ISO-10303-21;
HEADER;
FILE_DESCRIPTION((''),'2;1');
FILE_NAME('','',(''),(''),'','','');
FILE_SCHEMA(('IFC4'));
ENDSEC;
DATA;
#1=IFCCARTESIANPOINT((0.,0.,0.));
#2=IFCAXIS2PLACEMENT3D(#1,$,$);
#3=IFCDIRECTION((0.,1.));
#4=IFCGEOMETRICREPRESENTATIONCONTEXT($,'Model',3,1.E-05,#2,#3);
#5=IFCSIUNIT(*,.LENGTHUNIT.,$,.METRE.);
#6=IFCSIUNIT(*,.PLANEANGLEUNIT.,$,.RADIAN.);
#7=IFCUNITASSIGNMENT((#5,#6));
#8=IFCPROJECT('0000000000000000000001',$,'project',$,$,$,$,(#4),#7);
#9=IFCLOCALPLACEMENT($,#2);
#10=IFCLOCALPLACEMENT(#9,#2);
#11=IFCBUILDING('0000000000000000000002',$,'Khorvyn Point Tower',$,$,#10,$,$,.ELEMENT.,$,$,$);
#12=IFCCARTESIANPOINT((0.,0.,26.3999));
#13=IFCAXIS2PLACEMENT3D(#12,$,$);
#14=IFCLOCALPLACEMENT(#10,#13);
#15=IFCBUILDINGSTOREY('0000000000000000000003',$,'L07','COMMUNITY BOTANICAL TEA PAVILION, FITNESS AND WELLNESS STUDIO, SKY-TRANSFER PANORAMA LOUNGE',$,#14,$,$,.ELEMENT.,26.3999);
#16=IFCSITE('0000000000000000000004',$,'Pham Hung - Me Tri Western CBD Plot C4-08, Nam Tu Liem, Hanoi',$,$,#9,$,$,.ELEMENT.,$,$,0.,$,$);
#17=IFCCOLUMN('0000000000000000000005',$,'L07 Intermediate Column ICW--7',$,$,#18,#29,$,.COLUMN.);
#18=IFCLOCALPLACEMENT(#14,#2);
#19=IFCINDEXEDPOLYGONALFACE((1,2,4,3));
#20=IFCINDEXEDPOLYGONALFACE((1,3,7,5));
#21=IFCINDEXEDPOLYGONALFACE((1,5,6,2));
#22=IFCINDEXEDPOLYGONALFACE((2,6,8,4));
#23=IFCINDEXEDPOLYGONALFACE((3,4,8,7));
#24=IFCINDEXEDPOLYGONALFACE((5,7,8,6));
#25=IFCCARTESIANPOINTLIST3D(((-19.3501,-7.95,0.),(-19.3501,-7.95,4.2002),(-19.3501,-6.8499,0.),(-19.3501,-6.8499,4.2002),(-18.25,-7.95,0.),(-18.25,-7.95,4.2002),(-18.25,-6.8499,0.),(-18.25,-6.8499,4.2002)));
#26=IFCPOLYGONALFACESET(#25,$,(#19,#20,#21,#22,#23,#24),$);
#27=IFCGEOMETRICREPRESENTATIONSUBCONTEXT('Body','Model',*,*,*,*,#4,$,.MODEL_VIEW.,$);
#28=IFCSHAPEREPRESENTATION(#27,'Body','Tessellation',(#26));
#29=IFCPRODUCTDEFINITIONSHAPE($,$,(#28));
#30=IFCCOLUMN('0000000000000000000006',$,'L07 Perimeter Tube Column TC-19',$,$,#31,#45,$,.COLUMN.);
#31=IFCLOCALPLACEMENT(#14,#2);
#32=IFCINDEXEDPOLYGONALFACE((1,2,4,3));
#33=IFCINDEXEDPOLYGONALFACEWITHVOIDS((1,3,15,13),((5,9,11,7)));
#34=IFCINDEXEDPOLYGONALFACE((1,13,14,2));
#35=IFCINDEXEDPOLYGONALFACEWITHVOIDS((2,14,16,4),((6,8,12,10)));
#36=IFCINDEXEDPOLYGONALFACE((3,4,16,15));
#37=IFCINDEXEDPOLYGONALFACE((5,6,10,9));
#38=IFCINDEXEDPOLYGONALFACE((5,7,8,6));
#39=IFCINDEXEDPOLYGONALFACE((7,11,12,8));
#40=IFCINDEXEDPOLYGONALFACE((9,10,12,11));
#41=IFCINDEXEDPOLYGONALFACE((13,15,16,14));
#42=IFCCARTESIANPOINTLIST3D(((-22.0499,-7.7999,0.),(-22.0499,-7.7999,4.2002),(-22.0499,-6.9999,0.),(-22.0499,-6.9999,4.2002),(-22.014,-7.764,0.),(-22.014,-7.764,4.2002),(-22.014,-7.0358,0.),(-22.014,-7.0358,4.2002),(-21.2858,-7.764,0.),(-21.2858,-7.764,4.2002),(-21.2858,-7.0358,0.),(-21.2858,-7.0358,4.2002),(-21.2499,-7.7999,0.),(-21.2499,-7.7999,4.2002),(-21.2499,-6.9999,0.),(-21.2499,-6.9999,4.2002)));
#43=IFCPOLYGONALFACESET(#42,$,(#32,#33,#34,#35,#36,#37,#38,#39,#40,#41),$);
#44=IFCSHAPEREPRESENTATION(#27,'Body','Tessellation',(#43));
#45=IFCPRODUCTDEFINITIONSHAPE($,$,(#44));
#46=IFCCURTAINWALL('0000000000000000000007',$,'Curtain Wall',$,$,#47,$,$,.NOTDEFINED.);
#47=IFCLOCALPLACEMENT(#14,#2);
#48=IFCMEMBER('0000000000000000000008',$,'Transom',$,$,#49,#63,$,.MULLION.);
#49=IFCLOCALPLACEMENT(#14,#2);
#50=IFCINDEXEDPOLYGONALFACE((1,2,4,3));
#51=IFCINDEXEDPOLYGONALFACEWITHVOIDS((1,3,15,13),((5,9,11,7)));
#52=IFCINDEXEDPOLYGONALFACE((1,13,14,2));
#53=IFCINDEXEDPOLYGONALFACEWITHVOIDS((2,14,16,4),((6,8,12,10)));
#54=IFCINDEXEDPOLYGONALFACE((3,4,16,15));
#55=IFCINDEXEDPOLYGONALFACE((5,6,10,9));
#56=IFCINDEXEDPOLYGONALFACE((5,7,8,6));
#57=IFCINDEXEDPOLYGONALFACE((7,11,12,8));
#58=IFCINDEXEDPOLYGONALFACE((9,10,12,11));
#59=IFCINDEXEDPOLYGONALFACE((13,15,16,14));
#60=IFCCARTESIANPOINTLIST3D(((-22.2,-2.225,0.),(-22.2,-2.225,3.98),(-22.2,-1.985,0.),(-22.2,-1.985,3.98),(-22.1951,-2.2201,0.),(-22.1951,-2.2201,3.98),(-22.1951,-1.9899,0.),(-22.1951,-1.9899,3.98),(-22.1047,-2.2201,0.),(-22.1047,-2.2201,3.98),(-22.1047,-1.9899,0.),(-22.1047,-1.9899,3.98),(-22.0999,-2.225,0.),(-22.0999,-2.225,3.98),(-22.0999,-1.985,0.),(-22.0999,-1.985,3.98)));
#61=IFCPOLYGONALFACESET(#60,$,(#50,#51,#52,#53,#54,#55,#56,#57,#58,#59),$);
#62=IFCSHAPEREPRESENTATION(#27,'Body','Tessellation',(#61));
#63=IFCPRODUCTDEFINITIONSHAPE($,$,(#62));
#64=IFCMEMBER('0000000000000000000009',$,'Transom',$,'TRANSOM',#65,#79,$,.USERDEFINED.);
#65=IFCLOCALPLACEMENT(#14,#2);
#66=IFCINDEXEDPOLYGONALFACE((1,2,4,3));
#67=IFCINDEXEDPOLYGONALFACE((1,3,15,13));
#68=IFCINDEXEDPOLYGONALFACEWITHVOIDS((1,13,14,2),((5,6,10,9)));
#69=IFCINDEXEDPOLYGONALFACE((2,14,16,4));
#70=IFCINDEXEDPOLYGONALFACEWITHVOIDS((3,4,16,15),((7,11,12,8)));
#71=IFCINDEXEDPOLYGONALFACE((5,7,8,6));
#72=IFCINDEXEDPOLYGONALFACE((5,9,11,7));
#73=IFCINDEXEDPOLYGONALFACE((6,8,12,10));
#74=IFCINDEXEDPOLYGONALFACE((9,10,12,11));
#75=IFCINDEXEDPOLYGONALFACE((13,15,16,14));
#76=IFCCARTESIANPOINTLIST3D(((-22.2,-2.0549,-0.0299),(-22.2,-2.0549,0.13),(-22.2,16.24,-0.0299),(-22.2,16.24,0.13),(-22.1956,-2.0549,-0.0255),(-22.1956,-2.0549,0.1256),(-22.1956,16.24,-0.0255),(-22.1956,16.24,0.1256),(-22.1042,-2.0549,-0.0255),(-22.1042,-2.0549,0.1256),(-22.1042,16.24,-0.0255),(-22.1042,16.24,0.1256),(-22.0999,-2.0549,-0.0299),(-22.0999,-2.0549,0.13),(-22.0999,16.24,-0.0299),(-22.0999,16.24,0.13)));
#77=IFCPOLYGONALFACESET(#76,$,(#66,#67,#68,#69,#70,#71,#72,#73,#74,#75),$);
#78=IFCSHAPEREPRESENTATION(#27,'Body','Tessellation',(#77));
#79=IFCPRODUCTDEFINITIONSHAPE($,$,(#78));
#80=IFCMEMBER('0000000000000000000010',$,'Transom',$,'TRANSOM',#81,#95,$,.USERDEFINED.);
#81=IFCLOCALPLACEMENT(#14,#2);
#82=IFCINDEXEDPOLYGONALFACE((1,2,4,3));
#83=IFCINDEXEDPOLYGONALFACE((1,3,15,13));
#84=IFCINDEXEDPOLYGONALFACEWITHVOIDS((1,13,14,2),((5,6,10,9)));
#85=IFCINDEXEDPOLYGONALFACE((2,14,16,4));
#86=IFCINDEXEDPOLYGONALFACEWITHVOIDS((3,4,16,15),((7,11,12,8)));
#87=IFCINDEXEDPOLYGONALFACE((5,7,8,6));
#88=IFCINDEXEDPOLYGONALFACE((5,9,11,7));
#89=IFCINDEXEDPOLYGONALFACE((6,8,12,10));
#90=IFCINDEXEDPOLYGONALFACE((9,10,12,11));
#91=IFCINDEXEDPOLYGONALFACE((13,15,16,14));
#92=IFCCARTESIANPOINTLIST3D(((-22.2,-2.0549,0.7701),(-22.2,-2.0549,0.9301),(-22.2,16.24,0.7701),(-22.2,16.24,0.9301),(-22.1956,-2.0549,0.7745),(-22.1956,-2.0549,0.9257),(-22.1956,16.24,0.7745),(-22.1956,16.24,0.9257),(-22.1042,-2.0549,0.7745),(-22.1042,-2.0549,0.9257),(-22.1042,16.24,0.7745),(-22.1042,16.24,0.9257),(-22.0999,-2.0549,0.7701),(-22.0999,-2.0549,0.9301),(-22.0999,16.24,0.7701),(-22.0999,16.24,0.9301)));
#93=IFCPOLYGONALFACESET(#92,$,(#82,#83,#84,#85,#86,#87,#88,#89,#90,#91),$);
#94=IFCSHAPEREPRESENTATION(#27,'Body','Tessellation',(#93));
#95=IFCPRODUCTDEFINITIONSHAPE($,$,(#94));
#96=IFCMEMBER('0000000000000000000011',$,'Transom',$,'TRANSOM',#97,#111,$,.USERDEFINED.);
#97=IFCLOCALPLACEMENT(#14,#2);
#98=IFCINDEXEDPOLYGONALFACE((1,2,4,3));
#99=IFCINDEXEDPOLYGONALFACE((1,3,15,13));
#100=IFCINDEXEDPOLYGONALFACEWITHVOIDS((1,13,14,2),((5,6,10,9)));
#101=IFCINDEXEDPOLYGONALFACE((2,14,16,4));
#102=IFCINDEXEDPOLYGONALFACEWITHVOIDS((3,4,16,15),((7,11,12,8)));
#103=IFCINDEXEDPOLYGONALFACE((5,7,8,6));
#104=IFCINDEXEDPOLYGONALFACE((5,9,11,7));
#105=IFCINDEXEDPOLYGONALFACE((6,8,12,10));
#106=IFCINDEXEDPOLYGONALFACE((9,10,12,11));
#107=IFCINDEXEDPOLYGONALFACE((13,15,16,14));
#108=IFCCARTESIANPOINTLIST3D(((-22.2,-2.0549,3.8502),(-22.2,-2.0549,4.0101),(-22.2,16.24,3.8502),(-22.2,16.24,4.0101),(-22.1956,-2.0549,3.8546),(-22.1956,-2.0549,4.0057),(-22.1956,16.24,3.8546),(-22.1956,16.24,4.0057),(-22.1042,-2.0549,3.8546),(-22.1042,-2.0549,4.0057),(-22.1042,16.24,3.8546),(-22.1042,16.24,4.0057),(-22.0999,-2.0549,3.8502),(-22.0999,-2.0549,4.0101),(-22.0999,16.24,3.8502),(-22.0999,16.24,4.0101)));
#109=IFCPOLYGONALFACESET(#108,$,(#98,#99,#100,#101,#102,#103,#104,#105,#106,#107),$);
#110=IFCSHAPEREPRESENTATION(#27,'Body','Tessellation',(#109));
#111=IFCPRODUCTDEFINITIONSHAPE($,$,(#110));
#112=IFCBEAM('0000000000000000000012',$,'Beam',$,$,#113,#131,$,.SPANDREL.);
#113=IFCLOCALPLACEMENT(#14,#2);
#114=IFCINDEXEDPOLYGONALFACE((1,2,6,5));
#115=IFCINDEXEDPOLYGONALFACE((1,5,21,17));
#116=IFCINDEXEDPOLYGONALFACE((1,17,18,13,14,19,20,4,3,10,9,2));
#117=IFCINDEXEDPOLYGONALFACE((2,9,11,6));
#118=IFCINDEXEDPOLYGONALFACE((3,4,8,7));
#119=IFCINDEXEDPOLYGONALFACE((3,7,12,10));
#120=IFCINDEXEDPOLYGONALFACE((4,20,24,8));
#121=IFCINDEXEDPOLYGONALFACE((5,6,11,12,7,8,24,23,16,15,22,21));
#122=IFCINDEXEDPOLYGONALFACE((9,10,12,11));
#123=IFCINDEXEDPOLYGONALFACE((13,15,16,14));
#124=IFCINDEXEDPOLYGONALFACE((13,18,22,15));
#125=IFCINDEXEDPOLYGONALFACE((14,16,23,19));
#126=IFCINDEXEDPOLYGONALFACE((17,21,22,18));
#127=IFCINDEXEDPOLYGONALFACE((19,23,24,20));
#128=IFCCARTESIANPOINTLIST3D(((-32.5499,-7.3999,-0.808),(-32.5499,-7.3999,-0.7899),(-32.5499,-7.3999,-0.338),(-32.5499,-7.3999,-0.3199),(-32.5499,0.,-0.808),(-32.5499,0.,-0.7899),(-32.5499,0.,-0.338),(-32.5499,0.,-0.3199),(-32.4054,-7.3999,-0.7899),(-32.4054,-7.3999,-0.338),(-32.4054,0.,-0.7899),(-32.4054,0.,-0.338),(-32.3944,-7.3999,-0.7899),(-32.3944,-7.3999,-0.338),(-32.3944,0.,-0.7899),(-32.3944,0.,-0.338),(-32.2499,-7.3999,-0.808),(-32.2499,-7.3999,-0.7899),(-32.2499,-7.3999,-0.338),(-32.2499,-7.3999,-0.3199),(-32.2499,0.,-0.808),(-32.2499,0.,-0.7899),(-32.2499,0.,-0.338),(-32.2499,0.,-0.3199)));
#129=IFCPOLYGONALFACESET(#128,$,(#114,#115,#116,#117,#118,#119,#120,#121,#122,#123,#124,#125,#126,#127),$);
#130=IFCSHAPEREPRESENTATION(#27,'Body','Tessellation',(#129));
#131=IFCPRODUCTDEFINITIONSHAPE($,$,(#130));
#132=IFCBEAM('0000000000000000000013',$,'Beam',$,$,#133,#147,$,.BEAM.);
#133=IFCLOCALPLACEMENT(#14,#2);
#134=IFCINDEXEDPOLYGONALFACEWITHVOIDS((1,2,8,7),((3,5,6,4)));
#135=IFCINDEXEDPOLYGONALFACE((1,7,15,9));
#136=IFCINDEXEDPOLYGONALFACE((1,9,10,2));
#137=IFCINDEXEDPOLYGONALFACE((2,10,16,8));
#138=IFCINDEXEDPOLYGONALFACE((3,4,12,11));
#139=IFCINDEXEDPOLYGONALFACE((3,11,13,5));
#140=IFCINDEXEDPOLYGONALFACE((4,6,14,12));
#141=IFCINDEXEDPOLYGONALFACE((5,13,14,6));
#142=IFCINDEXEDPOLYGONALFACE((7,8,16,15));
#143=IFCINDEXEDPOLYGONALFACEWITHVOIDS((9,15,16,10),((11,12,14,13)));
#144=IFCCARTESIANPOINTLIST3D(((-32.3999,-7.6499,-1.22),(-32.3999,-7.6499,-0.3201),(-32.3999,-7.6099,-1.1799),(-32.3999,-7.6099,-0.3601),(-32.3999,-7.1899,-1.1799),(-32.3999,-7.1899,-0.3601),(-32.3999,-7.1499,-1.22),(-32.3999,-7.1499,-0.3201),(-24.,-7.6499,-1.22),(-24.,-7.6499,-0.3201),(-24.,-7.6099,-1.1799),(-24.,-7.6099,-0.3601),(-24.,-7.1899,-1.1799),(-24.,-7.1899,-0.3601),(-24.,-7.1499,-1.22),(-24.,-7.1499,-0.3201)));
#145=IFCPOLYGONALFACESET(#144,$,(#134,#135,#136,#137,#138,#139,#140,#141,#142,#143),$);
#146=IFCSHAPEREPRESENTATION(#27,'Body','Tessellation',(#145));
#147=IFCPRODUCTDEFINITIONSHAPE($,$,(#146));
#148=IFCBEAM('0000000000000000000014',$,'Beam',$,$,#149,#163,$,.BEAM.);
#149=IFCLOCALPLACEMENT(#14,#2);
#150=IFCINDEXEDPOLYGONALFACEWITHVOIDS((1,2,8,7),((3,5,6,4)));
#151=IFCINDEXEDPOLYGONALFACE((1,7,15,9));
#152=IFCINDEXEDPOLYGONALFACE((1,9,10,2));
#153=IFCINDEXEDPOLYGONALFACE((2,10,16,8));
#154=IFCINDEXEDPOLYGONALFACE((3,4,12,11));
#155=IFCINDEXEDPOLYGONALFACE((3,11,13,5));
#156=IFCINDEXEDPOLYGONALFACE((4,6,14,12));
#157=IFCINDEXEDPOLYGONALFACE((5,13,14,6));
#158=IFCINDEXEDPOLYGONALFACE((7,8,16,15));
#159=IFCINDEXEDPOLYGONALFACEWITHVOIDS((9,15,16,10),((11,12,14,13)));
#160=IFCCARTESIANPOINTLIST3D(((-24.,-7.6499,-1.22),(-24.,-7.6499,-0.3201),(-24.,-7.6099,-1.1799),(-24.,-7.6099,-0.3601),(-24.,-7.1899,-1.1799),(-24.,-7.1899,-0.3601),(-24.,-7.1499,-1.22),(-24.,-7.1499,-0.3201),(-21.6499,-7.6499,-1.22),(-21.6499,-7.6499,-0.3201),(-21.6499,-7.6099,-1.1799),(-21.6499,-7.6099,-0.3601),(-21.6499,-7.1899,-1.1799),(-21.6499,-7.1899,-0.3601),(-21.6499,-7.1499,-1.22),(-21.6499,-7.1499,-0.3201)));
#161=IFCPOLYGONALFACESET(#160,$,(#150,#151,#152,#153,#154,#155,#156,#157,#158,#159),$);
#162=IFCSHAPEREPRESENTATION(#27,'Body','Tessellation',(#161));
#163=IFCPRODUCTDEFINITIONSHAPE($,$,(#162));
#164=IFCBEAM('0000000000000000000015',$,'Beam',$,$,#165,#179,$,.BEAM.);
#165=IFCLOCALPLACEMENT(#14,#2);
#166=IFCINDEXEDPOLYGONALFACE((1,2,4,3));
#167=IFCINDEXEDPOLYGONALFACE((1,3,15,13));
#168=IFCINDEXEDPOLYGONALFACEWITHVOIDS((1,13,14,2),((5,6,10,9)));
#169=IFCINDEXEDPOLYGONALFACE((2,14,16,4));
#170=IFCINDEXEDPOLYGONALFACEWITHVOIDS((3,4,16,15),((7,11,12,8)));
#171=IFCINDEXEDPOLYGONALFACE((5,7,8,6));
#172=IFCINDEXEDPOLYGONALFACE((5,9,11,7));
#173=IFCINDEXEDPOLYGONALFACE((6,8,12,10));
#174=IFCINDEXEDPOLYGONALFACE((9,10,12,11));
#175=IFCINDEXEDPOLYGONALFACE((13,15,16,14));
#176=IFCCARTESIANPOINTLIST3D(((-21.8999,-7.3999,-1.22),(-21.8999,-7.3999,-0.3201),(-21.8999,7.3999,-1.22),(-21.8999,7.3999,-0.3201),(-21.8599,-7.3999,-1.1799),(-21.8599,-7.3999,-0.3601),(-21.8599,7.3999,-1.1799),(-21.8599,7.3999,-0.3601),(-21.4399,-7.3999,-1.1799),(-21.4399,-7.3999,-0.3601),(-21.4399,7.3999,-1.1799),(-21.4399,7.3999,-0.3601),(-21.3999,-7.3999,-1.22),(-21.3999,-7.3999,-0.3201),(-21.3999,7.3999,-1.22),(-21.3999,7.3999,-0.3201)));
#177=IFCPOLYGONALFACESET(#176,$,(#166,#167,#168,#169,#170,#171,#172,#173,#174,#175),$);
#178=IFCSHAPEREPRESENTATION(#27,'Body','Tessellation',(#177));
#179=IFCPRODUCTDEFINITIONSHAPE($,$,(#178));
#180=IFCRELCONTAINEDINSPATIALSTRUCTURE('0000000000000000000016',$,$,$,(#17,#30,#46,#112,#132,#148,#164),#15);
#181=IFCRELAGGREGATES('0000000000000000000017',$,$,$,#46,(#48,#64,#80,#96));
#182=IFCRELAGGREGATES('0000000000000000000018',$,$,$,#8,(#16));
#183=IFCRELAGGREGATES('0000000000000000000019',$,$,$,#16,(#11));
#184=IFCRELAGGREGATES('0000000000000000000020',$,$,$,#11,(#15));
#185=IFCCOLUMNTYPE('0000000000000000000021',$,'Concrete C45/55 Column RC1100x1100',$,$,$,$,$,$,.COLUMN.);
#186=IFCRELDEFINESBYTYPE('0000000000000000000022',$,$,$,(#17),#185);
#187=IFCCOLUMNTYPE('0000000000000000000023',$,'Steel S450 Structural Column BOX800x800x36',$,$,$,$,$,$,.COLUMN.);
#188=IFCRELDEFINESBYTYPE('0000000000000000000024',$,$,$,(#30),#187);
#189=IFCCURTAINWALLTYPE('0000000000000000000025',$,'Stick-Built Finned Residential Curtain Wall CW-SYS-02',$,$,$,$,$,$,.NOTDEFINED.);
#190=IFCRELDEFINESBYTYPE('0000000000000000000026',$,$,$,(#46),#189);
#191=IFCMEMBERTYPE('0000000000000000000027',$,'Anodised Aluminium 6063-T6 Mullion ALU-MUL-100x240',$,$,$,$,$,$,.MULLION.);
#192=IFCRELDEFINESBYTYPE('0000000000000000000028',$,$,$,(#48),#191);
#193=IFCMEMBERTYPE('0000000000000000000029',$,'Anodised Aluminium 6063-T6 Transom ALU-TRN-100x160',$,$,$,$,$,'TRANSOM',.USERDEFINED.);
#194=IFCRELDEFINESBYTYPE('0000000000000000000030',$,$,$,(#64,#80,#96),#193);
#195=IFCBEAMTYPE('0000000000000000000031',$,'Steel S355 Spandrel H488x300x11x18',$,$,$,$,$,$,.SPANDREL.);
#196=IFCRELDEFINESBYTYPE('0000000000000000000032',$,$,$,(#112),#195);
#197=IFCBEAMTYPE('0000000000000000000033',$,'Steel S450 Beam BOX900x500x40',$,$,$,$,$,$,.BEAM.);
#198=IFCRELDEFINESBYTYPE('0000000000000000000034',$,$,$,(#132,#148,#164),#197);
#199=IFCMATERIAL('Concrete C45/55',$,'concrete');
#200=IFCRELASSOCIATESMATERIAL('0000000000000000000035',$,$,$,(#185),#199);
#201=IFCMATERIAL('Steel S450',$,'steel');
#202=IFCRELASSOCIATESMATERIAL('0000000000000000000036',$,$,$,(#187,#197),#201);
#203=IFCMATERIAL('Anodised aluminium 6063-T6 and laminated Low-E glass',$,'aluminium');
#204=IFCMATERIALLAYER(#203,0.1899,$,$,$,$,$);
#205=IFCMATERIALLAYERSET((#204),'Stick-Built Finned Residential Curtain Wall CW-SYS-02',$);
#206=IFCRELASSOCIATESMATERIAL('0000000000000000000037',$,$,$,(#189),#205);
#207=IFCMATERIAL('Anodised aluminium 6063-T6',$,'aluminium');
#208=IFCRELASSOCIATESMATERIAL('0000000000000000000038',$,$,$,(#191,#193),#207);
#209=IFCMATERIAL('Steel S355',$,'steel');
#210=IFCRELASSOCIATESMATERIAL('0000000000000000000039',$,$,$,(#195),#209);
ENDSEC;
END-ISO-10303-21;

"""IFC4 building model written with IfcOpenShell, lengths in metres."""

from ifc_helpers import new_model, si_unit, direction, frame, origin, origin_2d, place, context, subcontext, project, spatial, rectangle, hollow_rectangle, i_section, extrude, material, layer, layer_set, material_profile, profile_set, type_object, element, aggregate, save


model = new_model("IFC4")

# Units and contexts
model_context = context("Model", 3, precision=1e-05, world=origin(), true_north=direction((0.0, 1.0)))
body_context = subcontext(model_context, "Body", "Model", "MODEL_VIEW")
ifc_project = project(units=[si_unit("LENGTHUNIT", "METRE"), si_unit("PLANEANGLEUNIT", "RADIAN")], contexts=[model_context])

# Site, building, storey
site_placement = place(None, origin())
site = spatial("IfcSite", under=ifc_project, at=site_placement, Name="Pham Hung - Me Tri Western CBD Plot C4-08, Nam Tu Liem, Hanoi", CompositionType="ELEMENT", RefElevation=0.0)
building_placement = place(site_placement, origin())
building = spatial("IfcBuilding", under=site, at=building_placement, Name="Khorvyn Point Tower", CompositionType="ELEMENT")
storey_placement = place(building_placement, frame((0.0, 0.0, 26.3999)))
storey = spatial("IfcBuildingStorey", under=building, at=storey_placement, Name="L07", Description="COMMUNITY BOTANICAL TEA PAVILION, FITNESS AND WELLNESS STUDIO, SKY-TRANSFER PANORAMA LOUNGE", CompositionType="ELEMENT", Elevation=26.3999)

# Columns
ifc_material_1 = material(Name="Concrete C45/55", Category="concrete")
ifc_material_profile_1 = material_profile(ifc_material_1, rectangle(XDim=1.1001, YDim=1.1001, at=origin_2d()))
ifc_profile_set_1 = profile_set([ifc_material_profile_1], Name="Concrete C45/55 RC1100x1100")
column_type_1 = type_object("IfcColumnType", Name="Concrete C45/55 Column RC1100x1100", PredefinedType="COLUMN", material=ifc_profile_set_1)
column_1_placement = place(storey_placement, frame((-18.8, -7.3999, 0.0), z_axis=(0.0, 0.0, 1.0), x_axis=(1.0, 0.0, 0.0)))
element("IfcColumn", 1, at=column_1_placement, inside=storey, type_object=column_type_1, Name="L07 Intermediate Column ICW--7", PredefinedType="COLUMN", context=body_context, shape_type="SweptSolid", body=[
    extrude(rectangle(XDim=1.1001, YDim=1.1001, at=origin_2d()), origin(), (0.0, 0.0, 1.0), 4.2002),
])
ifc_material_2 = material(Name="Steel S450", Category="steel")
ifc_material_profile_2 = material_profile(ifc_material_2, hollow_rectangle(XDim=0.8, YDim=0.8, WallThickness=0.0359, at=origin_2d()))
ifc_profile_set_2 = profile_set([ifc_material_profile_2], Name="Steel S450 BOX800x800x36")
column_type_2 = type_object("IfcColumnType", Name="Steel S450 Structural Column BOX800x800x36", PredefinedType="COLUMN", material=ifc_profile_set_2)
column_2_placement = place(storey_placement, frame((-21.6499, -7.3999, 0.0), z_axis=(0.0, 0.0, 1.0), x_axis=(1.0, 0.0, 0.0)))
element("IfcColumn", 2, at=column_2_placement, inside=storey, type_object=column_type_2, Name="L07 Perimeter Tube Column TC-19", PredefinedType="COLUMN", context=body_context, shape_type="SweptSolid", body=[
    extrude(hollow_rectangle(XDim=0.8, YDim=0.8, WallThickness=0.0359, at=origin_2d()), origin(), (0.0, 0.0, 1.0), 4.2002),
])

# Curtain wall, members
ifc_material_3 = material(Name="Anodised aluminium 6063-T6 and laminated Low-E glass", Category="aluminium")
ifc_layer_1 = layer(ifc_material_3, 0.1899)
ifc_layer_set_1 = layer_set([ifc_layer_1], Name="Stick-Built Finned Residential Curtain Wall CW-SYS-02")
curtain_wall_type = type_object("IfcCurtainWallType", Name="Stick-Built Finned Residential Curtain Wall CW-SYS-02", PredefinedType="NOTDEFINED", material=ifc_layer_set_1)
curtain_wall_placement = place(storey_placement, origin())
curtain_wall = element("IfcCurtainWall", 3, at=curtain_wall_placement, inside=storey, type_object=curtain_wall_type, Name="Curtain Wall", PredefinedType="NOTDEFINED")
ifc_material_4 = material(Name="Anodised aluminium 6063-T6", Category="aluminium")
ifc_material_profile_3 = material_profile(ifc_material_4, hollow_rectangle(XDim=0.1001, YDim=0.24, WallThickness=0.0049, at=origin_2d()))
ifc_profile_set_3 = profile_set([ifc_material_profile_3], Name="Anodised aluminium 6063-T6 ALU-MUL-100x240")
member_type_1 = type_object("IfcMemberType", Name="Anodised Aluminium 6063-T6 Mullion ALU-MUL-100x240", PredefinedType="MULLION", material=ifc_profile_set_3)
member_1_placement = place(storey_placement, frame((-22.1499, -2.105, 0.0), z_axis=(0.0, 0.0, 1.0), x_axis=(-1.0, 0.0, 0.0)))
member_1 = element("IfcMember", 4, at=member_1_placement, type_object=member_type_1, Name="Transom", PredefinedType="MULLION", context=body_context, shape_type="SweptSolid", body=[
    extrude(hollow_rectangle(XDim=0.1001, YDim=0.24, WallThickness=0.0049, at=origin_2d()), origin(), (0.0, 0.0, 1.0), 3.98),
])
ifc_material_profile_4 = material_profile(ifc_material_4, hollow_rectangle(XDim=0.1001, YDim=0.1599, WallThickness=0.0044, at=origin_2d()))
ifc_profile_set_4 = profile_set([ifc_material_profile_4], Name="Anodised aluminium 6063-T6 ALU-TRN-100x160")
member_type_2 = type_object("IfcMemberType", Name="Anodised Aluminium 6063-T6 Transom ALU-TRN-100x160", ElementType="TRANSOM", PredefinedType="USERDEFINED", material=ifc_profile_set_4)
member_2_placement = place(storey_placement, frame((-22.1499, -2.0549, 0.05), z_axis=(0.0, 1.0, 0.0), x_axis=(-1.0, 0.0, 0.0)))
member_2 = element("IfcMember", 5, at=member_2_placement, type_object=member_type_2, Name="Transom", ObjectType="TRANSOM", PredefinedType="USERDEFINED", context=body_context, shape_type="SweptSolid", body=[
    extrude(hollow_rectangle(XDim=0.1001, YDim=0.1599, WallThickness=0.0044, at=origin_2d()), origin(), (0.0, 0.0, 1.0), 18.2949),
])
member_3_placement = place(storey_placement, frame((-22.1499, -2.0549, 0.8501), z_axis=(0.0, 1.0, 0.0), x_axis=(-1.0, 0.0, 0.0)))
member_3 = element("IfcMember", 6, at=member_3_placement, type_object=member_type_2, Name="Transom", ObjectType="TRANSOM", PredefinedType="USERDEFINED", context=body_context, shape_type="SweptSolid", body=[
    extrude(hollow_rectangle(XDim=0.1001, YDim=0.1599, WallThickness=0.0044, at=origin_2d()), origin(), (0.0, 0.0, 1.0), 18.2949),
])
member_4_placement = place(storey_placement, frame((-22.1499, -2.0549, 3.9302), z_axis=(0.0, 1.0, 0.0), x_axis=(-1.0, 0.0, 0.0)))
member_4 = element("IfcMember", 7, at=member_4_placement, type_object=member_type_2, Name="Transom", ObjectType="TRANSOM", PredefinedType="USERDEFINED", context=body_context, shape_type="SweptSolid", body=[
    extrude(hollow_rectangle(XDim=0.1001, YDim=0.1599, WallThickness=0.0044, at=origin_2d()), origin(), (0.0, 0.0, 1.0), 18.2949),
])

# Beams
ifc_material_5 = material(Name="Steel S355", Category="steel")
ifc_material_profile_5 = material_profile(ifc_material_5, i_section(OverallWidth=0.3, OverallDepth=0.488, WebThickness=0.011, FlangeThickness=0.0181, at=origin_2d()))
ifc_profile_set_5 = profile_set([ifc_material_profile_5], Name="Steel S355 H488x300x11x18")
beam_type_1 = type_object("IfcBeamType", Name="Steel S355 Spandrel H488x300x11x18", PredefinedType="SPANDREL", material=ifc_profile_set_5)
beam_1_placement = place(storey_placement, frame((-32.3999, -7.3999, -0.564), z_axis=(0.0, 1.0, 0.0), x_axis=(-1.0, 0.0, 0.0)))
element("IfcBeam", 8, at=beam_1_placement, inside=storey, type_object=beam_type_1, Name="Beam", PredefinedType="SPANDREL", context=body_context, shape_type="SweptSolid", body=[
    extrude(i_section(OverallWidth=0.3, OverallDepth=0.488, WebThickness=0.011, FlangeThickness=0.0181, at=origin_2d()), origin(), (0.0, 0.0, 1.0), 7.3999),
])
ifc_material_profile_6 = material_profile(ifc_material_2, hollow_rectangle(XDim=0.5, YDim=0.8999, WallThickness=0.04, at=origin_2d()))
ifc_profile_set_6 = profile_set([ifc_material_profile_6], Name="Steel S450 BOX900x500x40")
beam_type_2 = type_object("IfcBeamType", Name="Steel S450 Beam BOX900x500x40", PredefinedType="BEAM", material=ifc_profile_set_6)
beam_2_placement = place(storey_placement, frame((-32.3999, -7.3999, -0.77), z_axis=(1.0, 0.0, 0.0), x_axis=(0.0, 1.0, 0.0)))
element("IfcBeam", 9, at=beam_2_placement, inside=storey, type_object=beam_type_2, Name="Beam", PredefinedType="BEAM", context=body_context, shape_type="SweptSolid", body=[
    extrude(hollow_rectangle(XDim=0.5, YDim=0.8999, WallThickness=0.04, at=origin_2d()), origin(), (0.0, 0.0, 1.0), 8.3999),
])
beam_3_placement = place(storey_placement, frame((-24.0, -7.3999, -0.77), z_axis=(1.0, 0.0, 0.0), x_axis=(0.0, 1.0, 0.0)))
element("IfcBeam", 10, at=beam_3_placement, inside=storey, type_object=beam_type_2, Name="Beam", PredefinedType="BEAM", context=body_context, shape_type="SweptSolid", body=[
    extrude(hollow_rectangle(XDim=0.5, YDim=0.8999, WallThickness=0.04, at=origin_2d()), origin(), (0.0, 0.0, 1.0), 2.3501),
])
beam_4_placement = place(storey_placement, frame((-21.6499, -7.3999, -0.77), z_axis=(0.0, 1.0, 0.0), x_axis=(-1.0, 0.0, 0.0)))
element("IfcBeam", 11, at=beam_4_placement, inside=storey, type_object=beam_type_2, Name="Beam", PredefinedType="BEAM", context=body_context, shape_type="SweptSolid", body=[
    extrude(hollow_rectangle(XDim=0.5, YDim=0.8999, WallThickness=0.04, at=origin_2d()), origin(), (0.0, 0.0, 1.0), 14.7998),
])

aggregate(curtain_wall, [member_1, member_2, member_3, member_4])

save(model, "model.ifc")
